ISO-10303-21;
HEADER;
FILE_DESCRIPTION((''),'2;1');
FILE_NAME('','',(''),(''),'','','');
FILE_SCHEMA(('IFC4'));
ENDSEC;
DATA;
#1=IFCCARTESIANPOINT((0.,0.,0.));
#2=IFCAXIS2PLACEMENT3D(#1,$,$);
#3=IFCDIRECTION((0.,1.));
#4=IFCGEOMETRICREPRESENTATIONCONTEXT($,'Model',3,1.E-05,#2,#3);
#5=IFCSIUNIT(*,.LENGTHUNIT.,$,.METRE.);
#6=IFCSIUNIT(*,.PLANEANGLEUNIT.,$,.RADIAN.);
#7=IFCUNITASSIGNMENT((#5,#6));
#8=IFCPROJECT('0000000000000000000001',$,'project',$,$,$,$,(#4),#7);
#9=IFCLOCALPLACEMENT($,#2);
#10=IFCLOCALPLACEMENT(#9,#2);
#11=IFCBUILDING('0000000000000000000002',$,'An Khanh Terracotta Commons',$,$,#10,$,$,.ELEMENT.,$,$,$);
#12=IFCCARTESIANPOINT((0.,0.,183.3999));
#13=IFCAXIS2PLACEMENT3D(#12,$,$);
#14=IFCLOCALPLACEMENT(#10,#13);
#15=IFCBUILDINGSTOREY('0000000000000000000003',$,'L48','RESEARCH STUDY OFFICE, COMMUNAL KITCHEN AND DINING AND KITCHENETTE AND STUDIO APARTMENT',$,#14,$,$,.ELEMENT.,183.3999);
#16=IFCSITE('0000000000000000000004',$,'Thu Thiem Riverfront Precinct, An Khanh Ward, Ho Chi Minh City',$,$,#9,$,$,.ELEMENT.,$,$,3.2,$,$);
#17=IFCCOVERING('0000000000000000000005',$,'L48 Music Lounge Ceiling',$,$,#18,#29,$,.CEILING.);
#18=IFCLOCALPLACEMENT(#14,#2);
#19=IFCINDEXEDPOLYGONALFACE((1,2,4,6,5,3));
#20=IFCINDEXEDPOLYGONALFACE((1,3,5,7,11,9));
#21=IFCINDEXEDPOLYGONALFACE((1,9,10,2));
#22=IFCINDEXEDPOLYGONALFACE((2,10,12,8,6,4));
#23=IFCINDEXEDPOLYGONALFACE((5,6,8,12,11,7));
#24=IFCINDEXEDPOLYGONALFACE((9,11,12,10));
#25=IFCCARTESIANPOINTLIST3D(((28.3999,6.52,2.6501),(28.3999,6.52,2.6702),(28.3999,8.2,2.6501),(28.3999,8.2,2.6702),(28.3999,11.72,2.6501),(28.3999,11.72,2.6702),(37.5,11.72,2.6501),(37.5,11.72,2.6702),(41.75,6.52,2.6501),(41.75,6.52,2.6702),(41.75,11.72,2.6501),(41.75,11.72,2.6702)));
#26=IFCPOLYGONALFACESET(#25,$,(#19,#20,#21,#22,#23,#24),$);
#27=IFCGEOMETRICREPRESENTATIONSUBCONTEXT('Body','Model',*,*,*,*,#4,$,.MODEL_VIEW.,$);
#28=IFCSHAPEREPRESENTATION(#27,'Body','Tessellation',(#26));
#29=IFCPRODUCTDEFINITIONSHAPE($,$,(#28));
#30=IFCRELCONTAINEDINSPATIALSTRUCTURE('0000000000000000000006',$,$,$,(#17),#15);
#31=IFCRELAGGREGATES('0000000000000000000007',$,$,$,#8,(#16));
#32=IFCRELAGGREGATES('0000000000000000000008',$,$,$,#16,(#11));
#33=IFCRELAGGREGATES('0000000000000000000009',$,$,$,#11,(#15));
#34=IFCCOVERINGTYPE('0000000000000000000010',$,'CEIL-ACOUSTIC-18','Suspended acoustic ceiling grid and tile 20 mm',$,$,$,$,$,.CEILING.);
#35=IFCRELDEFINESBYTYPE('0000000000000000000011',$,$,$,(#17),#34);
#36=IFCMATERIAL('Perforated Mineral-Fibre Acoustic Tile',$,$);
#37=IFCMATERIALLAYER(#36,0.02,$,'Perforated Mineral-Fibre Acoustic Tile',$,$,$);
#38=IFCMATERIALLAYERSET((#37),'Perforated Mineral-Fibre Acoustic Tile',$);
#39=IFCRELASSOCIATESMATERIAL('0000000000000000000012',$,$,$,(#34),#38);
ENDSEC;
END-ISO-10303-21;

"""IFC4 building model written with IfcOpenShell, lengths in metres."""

from ifc_helpers import new_model, si_unit, direction, frame, origin, place, context, subcontext, project, spatial, polyline, outline, extrude, material, layer, layer_set, type_object, element, save


model = new_model("IFC4")

# Units and contexts
model_context = context("Model", 3, precision=1e-05, world=origin(), true_north=direction((0.0, 1.0)))
body_context = subcontext(model_context, "Body", "Model", "MODEL_VIEW")
ifc_project = project(units=[si_unit("LENGTHUNIT", "METRE"), si_unit("PLANEANGLEUNIT", "RADIAN")], contexts=[model_context])

# Site, building, storey
site_placement = place(None, origin())
site = spatial("IfcSite", under=ifc_project, at=site_placement, Name="Thu Thiem Riverfront Precinct, An Khanh Ward, Ho Chi Minh City", CompositionType="ELEMENT", RefElevation=3.2)
building_placement = place(site_placement, origin())
building = spatial("IfcBuilding", under=site, at=building_placement, Name="An Khanh Terracotta Commons", CompositionType="ELEMENT")
storey_placement = place(building_placement, frame((0.0, 0.0, 183.3999)))
storey = spatial("IfcBuildingStorey", under=building, at=storey_placement, Name="L48", Description="RESEARCH STUDY OFFICE, COMMUNAL KITCHEN AND DINING AND KITCHENETTE AND STUDIO APARTMENT", CompositionType="ELEMENT", Elevation=183.3999)

# Covering
ifc_material_1 = material(Name="Perforated Mineral-Fibre Acoustic Tile")
ifc_layer_1 = layer(ifc_material_1, 0.02, Name="Perforated Mineral-Fibre Acoustic Tile")
ifc_layer_set_1 = layer_set([ifc_layer_1], Name="Perforated Mineral-Fibre Acoustic Tile")
covering_type = type_object("IfcCoveringType", Name="CEIL-ACOUSTIC-18", Description="Suspended acoustic ceiling grid and tile 20 mm", PredefinedType="CEILING", material=ifc_layer_set_1)
covering_1_placement = place(storey_placement, frame((0.0, 0.0, 2.6501)))
element("IfcCovering", 1, at=covering_1_placement, inside=storey, type_object=covering_type, Name="L48 Music Lounge Ceiling", PredefinedType="CEILING", context=body_context, shape_type="SweptSolid", body=[
    extrude(outline(polyline([(28.3999, 6.52), (28.3999, 8.2), (28.3999, 11.72), (37.5, 11.72), (41.75, 11.72), (41.75, 6.52), (28.3999, 6.52)])), origin(), (0.0, 0.0, 1.0), 0.02),
])

save(model, "model.ifc")
